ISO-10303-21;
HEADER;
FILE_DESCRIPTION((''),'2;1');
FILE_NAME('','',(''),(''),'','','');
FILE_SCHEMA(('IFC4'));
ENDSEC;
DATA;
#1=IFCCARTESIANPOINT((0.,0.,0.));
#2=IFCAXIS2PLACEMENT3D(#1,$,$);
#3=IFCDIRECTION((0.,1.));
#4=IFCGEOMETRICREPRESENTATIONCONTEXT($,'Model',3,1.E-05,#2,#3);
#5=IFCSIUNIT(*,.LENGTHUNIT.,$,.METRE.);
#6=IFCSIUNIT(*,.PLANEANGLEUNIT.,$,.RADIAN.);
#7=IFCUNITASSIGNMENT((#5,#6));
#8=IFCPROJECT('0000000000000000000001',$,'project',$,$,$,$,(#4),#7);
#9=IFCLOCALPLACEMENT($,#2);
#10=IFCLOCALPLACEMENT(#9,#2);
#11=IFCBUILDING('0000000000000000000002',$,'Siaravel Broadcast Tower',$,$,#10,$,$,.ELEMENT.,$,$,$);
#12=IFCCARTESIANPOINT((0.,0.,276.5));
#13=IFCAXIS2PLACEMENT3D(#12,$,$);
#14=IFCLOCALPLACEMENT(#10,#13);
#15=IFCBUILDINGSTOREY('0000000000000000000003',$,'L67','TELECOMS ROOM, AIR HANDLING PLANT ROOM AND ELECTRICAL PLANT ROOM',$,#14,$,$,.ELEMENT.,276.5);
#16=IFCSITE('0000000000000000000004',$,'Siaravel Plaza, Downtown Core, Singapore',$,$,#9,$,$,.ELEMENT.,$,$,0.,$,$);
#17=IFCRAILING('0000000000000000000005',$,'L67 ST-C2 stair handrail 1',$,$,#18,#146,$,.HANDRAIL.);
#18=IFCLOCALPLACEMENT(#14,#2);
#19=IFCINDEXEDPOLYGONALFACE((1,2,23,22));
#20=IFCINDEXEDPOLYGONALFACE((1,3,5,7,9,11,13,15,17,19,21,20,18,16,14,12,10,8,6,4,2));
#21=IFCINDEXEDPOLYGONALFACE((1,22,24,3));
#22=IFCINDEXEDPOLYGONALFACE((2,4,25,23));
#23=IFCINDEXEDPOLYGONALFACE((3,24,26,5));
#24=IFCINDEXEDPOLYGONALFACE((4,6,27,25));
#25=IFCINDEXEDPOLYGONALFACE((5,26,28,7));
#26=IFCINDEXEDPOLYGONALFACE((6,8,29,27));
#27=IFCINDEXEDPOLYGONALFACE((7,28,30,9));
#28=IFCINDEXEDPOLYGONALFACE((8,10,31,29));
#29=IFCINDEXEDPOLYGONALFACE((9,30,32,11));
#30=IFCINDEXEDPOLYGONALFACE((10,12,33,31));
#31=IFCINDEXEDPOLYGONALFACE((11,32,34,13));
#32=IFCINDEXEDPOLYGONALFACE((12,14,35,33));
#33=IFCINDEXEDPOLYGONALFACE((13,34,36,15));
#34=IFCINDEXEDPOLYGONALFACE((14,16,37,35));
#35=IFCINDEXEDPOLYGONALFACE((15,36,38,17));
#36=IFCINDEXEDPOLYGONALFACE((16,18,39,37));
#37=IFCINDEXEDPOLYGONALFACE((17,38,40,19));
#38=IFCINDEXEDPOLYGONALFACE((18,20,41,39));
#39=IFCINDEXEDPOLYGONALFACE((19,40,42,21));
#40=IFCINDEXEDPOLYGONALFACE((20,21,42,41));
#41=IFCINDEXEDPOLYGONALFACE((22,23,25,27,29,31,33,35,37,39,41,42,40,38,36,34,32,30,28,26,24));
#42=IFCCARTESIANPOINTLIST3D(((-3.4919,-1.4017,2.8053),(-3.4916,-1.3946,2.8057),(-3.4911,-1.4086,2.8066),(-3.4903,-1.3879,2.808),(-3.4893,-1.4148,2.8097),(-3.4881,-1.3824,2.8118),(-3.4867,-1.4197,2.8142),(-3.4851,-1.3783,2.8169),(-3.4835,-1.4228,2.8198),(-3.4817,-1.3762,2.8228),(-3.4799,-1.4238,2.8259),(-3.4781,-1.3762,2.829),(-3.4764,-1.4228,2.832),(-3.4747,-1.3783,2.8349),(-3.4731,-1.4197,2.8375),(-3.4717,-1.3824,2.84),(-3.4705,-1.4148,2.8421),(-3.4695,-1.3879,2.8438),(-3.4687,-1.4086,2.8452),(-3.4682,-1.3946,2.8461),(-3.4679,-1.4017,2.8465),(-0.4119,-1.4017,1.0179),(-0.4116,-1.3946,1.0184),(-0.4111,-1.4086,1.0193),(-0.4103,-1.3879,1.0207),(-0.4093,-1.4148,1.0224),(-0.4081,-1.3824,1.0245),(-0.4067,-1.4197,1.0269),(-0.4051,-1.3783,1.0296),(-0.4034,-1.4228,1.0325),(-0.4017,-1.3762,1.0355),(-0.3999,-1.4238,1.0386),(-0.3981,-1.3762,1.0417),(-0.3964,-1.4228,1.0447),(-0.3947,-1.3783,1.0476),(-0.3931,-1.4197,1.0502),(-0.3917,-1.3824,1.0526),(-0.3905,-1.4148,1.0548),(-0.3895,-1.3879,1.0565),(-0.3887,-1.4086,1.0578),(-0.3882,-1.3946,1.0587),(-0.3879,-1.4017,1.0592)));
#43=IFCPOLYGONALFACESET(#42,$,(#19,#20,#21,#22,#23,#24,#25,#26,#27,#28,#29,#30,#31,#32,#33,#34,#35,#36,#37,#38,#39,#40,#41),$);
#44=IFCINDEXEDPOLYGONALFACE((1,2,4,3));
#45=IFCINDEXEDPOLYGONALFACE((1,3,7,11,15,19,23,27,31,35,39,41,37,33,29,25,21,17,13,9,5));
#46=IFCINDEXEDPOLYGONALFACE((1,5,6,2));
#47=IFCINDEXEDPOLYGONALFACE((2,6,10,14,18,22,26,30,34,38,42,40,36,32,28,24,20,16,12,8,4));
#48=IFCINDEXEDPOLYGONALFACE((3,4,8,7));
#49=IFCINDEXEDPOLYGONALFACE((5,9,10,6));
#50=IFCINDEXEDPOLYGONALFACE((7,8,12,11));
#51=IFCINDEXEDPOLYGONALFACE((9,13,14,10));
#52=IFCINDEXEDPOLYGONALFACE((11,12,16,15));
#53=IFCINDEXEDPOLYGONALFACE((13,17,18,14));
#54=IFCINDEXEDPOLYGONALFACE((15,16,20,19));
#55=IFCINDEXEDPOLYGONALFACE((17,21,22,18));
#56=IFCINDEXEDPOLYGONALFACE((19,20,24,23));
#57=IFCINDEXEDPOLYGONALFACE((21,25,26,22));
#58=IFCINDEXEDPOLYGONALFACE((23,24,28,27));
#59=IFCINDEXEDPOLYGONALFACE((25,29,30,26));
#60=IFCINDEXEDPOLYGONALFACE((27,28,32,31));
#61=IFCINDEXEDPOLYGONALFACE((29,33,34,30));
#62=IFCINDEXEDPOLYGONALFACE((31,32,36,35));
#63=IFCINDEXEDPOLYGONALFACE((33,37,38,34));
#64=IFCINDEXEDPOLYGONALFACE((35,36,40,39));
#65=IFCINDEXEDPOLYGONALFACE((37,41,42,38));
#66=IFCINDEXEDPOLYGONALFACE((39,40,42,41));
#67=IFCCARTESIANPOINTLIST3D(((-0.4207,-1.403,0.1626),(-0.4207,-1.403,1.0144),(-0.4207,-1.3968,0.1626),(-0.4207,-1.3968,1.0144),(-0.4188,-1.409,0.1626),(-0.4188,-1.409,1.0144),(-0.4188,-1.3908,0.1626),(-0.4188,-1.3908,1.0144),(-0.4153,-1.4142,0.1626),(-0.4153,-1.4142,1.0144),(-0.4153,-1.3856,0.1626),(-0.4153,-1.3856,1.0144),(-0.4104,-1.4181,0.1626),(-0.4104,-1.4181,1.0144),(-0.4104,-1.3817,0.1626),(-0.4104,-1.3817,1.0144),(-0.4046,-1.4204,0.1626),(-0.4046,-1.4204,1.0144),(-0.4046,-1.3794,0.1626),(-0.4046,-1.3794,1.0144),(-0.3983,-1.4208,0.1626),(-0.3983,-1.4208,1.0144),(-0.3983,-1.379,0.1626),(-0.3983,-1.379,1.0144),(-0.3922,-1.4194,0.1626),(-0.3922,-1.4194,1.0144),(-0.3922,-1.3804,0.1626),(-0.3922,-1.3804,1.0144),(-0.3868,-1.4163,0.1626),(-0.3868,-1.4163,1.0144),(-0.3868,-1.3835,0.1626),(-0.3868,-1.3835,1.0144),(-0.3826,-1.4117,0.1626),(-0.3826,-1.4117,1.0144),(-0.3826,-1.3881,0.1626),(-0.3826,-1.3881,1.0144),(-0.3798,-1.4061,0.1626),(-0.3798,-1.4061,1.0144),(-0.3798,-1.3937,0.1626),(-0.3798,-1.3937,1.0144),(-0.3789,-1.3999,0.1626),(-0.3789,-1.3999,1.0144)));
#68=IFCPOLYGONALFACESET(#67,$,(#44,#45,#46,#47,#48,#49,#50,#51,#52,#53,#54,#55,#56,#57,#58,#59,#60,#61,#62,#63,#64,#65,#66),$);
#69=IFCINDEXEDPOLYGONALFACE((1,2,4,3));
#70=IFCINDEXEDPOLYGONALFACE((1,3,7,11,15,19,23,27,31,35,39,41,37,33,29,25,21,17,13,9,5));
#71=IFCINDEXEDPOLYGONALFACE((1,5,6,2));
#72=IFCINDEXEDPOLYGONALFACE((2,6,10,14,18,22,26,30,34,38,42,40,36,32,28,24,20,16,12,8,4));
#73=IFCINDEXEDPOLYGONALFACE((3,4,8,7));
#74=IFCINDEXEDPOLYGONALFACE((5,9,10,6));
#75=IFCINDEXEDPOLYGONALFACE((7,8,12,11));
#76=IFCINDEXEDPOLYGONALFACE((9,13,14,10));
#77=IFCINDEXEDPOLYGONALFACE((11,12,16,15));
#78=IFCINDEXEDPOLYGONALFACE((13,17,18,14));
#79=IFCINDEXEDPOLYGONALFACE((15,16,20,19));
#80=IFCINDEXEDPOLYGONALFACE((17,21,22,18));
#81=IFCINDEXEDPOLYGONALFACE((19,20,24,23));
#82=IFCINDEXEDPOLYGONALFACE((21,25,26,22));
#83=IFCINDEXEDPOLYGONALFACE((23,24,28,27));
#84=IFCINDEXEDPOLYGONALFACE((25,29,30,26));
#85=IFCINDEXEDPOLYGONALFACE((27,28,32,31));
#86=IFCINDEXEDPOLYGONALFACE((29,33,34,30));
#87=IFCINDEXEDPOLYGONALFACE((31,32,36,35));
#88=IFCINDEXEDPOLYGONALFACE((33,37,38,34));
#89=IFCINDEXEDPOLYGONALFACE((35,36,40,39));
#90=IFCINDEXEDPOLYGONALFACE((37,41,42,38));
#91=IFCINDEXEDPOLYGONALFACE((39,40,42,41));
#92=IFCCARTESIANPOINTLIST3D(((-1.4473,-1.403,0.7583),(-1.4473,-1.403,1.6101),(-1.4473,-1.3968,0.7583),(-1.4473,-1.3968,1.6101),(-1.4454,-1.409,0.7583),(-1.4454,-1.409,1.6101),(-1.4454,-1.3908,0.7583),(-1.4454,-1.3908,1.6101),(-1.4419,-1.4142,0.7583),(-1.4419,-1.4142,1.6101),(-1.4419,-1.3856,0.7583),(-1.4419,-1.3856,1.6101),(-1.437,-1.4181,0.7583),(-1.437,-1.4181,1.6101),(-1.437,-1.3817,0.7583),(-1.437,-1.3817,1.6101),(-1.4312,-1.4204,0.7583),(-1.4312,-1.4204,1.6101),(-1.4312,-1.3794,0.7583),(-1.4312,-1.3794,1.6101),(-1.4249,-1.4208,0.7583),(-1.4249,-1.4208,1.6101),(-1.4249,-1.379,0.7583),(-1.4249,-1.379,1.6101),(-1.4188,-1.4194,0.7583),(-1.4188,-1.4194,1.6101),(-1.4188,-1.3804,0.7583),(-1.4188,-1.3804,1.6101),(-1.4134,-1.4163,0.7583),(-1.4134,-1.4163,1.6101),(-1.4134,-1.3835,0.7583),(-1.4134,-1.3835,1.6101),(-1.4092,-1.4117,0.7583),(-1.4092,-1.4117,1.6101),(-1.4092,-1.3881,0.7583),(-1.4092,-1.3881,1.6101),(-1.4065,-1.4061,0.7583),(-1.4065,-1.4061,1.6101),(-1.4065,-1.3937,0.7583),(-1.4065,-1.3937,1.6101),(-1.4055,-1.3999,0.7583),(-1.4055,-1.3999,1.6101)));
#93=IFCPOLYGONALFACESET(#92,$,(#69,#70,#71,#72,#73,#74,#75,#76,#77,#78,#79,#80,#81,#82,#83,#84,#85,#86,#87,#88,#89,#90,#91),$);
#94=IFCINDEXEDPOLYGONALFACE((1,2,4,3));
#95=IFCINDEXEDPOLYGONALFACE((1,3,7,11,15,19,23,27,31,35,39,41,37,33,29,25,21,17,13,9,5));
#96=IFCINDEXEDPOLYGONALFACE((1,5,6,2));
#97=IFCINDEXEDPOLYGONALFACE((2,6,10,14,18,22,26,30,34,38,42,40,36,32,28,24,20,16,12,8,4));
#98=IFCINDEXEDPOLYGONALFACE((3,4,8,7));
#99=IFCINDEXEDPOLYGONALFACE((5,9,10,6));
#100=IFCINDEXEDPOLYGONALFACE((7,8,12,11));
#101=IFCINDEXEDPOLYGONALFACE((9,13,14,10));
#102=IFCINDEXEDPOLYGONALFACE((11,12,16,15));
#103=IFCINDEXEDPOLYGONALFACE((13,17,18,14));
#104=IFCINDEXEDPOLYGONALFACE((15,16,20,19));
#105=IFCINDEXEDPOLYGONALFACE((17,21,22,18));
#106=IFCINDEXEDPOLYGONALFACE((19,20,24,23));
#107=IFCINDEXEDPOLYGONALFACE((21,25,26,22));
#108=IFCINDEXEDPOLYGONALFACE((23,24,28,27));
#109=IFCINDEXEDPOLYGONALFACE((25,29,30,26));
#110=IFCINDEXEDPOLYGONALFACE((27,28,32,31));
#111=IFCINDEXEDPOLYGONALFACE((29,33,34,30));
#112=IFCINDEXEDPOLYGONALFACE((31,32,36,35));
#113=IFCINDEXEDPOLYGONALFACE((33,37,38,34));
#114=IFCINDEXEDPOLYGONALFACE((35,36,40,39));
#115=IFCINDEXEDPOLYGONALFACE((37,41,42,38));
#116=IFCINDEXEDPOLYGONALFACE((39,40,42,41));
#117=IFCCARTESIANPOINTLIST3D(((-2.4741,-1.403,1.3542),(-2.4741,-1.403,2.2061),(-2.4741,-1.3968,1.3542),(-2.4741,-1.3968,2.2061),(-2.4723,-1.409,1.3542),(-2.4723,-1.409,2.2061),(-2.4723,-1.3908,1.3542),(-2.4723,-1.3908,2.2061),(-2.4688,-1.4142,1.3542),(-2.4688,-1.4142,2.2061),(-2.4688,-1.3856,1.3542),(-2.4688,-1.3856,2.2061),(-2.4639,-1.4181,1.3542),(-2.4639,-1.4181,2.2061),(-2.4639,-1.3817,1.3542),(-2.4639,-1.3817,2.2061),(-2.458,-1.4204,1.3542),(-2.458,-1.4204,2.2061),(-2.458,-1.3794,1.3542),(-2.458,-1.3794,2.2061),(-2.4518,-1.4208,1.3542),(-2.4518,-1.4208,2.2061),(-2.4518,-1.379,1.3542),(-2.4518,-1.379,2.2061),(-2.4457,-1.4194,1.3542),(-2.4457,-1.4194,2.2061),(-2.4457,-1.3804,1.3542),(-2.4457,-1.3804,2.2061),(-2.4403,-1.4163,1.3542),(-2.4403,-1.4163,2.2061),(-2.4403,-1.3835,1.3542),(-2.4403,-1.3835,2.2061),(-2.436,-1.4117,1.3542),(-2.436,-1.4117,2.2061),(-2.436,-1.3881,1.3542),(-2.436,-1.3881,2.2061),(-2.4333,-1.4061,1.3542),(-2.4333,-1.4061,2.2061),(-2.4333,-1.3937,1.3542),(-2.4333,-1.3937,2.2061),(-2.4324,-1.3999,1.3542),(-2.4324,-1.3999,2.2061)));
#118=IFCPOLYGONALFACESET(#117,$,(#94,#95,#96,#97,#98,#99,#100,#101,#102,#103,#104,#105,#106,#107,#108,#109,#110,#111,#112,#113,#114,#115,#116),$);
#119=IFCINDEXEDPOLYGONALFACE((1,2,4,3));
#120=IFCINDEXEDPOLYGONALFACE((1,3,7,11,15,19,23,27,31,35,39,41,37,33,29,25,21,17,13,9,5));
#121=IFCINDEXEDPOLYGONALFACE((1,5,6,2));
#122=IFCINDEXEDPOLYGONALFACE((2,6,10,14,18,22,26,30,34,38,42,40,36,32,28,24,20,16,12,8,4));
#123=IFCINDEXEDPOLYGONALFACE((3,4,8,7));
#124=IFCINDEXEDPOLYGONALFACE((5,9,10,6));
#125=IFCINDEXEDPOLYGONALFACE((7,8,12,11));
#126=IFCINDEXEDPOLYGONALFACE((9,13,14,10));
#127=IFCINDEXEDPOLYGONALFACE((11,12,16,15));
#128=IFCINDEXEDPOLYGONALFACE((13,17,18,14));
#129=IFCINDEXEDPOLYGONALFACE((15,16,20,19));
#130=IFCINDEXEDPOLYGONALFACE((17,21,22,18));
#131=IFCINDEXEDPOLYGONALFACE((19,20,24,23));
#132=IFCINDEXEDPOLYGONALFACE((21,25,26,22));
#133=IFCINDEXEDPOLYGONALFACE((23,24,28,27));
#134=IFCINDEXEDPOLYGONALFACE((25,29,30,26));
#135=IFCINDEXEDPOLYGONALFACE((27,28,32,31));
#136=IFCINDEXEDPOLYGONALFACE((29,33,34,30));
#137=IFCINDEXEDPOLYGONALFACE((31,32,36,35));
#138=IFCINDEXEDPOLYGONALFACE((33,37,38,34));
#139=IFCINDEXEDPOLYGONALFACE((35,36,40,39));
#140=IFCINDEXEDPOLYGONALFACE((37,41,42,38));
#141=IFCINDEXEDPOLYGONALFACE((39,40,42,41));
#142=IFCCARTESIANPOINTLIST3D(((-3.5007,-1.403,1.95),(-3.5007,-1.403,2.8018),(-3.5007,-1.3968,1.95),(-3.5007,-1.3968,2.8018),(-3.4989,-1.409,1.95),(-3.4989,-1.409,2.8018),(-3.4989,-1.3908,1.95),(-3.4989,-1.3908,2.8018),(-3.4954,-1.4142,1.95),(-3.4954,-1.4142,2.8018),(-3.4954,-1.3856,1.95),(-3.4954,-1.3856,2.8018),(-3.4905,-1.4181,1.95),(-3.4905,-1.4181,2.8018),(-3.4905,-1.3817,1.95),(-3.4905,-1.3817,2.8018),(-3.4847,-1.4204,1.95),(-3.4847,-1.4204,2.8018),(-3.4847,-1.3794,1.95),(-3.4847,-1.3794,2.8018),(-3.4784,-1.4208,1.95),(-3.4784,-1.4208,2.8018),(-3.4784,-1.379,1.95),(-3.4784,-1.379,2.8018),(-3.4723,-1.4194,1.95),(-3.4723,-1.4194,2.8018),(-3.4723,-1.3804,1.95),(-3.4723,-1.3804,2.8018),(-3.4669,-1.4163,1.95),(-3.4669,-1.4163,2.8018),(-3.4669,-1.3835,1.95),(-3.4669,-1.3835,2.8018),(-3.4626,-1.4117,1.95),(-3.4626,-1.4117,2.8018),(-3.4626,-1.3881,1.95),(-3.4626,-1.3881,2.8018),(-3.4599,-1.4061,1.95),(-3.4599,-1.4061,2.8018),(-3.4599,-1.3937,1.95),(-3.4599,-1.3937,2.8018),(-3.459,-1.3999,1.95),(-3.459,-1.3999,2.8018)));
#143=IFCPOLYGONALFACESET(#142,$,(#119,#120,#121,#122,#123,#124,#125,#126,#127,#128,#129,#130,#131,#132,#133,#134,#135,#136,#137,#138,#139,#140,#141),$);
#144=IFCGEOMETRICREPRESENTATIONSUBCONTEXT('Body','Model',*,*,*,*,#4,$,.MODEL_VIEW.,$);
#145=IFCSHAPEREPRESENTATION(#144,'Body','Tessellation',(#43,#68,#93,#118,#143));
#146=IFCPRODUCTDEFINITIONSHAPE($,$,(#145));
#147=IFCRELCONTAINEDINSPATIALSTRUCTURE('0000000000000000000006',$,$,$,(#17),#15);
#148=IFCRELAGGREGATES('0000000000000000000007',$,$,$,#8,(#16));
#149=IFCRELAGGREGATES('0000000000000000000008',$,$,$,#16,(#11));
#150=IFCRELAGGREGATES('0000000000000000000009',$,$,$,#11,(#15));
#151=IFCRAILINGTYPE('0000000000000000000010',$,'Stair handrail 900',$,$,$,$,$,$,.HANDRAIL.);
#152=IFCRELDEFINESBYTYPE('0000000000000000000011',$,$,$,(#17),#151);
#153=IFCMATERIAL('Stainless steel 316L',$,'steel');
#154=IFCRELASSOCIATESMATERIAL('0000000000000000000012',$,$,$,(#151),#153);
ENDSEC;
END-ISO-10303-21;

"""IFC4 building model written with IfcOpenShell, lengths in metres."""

from ifc_helpers import new_model, si_unit, direction, frame, origin, origin_2d, place, context, subcontext, project, spatial, circle, extrude, material, type_object, element, save


model = new_model("IFC4")

# Units and contexts
model_context = context("Model", 3, precision=1e-05, world=origin(), true_north=direction((0.0, 1.0)))
body_context = subcontext(model_context, "Body", "Model", "MODEL_VIEW")
ifc_project = project(units=[si_unit("LENGTHUNIT", "METRE"), si_unit("PLANEANGLEUNIT", "RADIAN")], contexts=[model_context])

# Site, building, storey
site_placement = place(None, origin())
site = spatial("IfcSite", under=ifc_project, at=site_placement, Name="Siaravel Plaza, Downtown Core, Singapore", CompositionType="ELEMENT", RefElevation=0.0)
building_placement = place(site_placement, origin())
building = spatial("IfcBuilding", under=site, at=building_placement, Name="Siaravel Broadcast Tower", CompositionType="ELEMENT")
storey_placement = place(building_placement, frame((0.0, 0.0, 276.5)))
storey = spatial("IfcBuildingStorey", under=building, at=storey_placement, Name="L67", Description="TELECOMS ROOM, AIR HANDLING PLANT ROOM AND ELECTRICAL PLANT ROOM", CompositionType="ELEMENT", Elevation=276.5)

# Shared definitions
ifc_material_1 = material(Name="Stainless steel 316L", Category="steel")

# Railing
railing_type_1 = type_object("IfcRailingType", Name="Stair handrail 900", PredefinedType="HANDRAIL", material=ifc_material_1)
railing_1_placement = place(storey_placement, frame((-0.3999, -1.3999, 0.1626)))
element("IfcRailing", 1, at=railing_1_placement, inside=storey, type_object=railing_type_1, Name="L67 ST-C2 stair handrail 1", PredefinedType="HANDRAIL", context=body_context, shape_type="SweptSolid", body=[
    extrude(circle(Radius=0.0239, at=origin_2d()), frame((0.0, 0.0, 0.876), z_axis=(-0.86492, 0.0, 0.501909), x_axis=(0.0, -1.0, 0.0)), (0.0, 0.0, 1.0), 3.561),
    extrude(circle(Radius=0.021, at=origin_2d()), origin(), (0.0, 0.0, 1.0), 0.8518),
    extrude(circle(Radius=0.021, at=origin_2d()), frame((-1.0266, 0.0, 0.5957)), (0.0, 0.0, 1.0), 0.8518),
    extrude(circle(Radius=0.021, at=origin_2d()), frame((-2.0535, 0.0, 1.1917)), (0.0, 0.0, 1.0), 0.8518),
    extrude(circle(Radius=0.021, at=origin_2d()), frame((-3.0801, 0.0, 1.7874)), (0.0, 0.0, 1.0), 0.8518),
])

save(model, "model.ifc")
